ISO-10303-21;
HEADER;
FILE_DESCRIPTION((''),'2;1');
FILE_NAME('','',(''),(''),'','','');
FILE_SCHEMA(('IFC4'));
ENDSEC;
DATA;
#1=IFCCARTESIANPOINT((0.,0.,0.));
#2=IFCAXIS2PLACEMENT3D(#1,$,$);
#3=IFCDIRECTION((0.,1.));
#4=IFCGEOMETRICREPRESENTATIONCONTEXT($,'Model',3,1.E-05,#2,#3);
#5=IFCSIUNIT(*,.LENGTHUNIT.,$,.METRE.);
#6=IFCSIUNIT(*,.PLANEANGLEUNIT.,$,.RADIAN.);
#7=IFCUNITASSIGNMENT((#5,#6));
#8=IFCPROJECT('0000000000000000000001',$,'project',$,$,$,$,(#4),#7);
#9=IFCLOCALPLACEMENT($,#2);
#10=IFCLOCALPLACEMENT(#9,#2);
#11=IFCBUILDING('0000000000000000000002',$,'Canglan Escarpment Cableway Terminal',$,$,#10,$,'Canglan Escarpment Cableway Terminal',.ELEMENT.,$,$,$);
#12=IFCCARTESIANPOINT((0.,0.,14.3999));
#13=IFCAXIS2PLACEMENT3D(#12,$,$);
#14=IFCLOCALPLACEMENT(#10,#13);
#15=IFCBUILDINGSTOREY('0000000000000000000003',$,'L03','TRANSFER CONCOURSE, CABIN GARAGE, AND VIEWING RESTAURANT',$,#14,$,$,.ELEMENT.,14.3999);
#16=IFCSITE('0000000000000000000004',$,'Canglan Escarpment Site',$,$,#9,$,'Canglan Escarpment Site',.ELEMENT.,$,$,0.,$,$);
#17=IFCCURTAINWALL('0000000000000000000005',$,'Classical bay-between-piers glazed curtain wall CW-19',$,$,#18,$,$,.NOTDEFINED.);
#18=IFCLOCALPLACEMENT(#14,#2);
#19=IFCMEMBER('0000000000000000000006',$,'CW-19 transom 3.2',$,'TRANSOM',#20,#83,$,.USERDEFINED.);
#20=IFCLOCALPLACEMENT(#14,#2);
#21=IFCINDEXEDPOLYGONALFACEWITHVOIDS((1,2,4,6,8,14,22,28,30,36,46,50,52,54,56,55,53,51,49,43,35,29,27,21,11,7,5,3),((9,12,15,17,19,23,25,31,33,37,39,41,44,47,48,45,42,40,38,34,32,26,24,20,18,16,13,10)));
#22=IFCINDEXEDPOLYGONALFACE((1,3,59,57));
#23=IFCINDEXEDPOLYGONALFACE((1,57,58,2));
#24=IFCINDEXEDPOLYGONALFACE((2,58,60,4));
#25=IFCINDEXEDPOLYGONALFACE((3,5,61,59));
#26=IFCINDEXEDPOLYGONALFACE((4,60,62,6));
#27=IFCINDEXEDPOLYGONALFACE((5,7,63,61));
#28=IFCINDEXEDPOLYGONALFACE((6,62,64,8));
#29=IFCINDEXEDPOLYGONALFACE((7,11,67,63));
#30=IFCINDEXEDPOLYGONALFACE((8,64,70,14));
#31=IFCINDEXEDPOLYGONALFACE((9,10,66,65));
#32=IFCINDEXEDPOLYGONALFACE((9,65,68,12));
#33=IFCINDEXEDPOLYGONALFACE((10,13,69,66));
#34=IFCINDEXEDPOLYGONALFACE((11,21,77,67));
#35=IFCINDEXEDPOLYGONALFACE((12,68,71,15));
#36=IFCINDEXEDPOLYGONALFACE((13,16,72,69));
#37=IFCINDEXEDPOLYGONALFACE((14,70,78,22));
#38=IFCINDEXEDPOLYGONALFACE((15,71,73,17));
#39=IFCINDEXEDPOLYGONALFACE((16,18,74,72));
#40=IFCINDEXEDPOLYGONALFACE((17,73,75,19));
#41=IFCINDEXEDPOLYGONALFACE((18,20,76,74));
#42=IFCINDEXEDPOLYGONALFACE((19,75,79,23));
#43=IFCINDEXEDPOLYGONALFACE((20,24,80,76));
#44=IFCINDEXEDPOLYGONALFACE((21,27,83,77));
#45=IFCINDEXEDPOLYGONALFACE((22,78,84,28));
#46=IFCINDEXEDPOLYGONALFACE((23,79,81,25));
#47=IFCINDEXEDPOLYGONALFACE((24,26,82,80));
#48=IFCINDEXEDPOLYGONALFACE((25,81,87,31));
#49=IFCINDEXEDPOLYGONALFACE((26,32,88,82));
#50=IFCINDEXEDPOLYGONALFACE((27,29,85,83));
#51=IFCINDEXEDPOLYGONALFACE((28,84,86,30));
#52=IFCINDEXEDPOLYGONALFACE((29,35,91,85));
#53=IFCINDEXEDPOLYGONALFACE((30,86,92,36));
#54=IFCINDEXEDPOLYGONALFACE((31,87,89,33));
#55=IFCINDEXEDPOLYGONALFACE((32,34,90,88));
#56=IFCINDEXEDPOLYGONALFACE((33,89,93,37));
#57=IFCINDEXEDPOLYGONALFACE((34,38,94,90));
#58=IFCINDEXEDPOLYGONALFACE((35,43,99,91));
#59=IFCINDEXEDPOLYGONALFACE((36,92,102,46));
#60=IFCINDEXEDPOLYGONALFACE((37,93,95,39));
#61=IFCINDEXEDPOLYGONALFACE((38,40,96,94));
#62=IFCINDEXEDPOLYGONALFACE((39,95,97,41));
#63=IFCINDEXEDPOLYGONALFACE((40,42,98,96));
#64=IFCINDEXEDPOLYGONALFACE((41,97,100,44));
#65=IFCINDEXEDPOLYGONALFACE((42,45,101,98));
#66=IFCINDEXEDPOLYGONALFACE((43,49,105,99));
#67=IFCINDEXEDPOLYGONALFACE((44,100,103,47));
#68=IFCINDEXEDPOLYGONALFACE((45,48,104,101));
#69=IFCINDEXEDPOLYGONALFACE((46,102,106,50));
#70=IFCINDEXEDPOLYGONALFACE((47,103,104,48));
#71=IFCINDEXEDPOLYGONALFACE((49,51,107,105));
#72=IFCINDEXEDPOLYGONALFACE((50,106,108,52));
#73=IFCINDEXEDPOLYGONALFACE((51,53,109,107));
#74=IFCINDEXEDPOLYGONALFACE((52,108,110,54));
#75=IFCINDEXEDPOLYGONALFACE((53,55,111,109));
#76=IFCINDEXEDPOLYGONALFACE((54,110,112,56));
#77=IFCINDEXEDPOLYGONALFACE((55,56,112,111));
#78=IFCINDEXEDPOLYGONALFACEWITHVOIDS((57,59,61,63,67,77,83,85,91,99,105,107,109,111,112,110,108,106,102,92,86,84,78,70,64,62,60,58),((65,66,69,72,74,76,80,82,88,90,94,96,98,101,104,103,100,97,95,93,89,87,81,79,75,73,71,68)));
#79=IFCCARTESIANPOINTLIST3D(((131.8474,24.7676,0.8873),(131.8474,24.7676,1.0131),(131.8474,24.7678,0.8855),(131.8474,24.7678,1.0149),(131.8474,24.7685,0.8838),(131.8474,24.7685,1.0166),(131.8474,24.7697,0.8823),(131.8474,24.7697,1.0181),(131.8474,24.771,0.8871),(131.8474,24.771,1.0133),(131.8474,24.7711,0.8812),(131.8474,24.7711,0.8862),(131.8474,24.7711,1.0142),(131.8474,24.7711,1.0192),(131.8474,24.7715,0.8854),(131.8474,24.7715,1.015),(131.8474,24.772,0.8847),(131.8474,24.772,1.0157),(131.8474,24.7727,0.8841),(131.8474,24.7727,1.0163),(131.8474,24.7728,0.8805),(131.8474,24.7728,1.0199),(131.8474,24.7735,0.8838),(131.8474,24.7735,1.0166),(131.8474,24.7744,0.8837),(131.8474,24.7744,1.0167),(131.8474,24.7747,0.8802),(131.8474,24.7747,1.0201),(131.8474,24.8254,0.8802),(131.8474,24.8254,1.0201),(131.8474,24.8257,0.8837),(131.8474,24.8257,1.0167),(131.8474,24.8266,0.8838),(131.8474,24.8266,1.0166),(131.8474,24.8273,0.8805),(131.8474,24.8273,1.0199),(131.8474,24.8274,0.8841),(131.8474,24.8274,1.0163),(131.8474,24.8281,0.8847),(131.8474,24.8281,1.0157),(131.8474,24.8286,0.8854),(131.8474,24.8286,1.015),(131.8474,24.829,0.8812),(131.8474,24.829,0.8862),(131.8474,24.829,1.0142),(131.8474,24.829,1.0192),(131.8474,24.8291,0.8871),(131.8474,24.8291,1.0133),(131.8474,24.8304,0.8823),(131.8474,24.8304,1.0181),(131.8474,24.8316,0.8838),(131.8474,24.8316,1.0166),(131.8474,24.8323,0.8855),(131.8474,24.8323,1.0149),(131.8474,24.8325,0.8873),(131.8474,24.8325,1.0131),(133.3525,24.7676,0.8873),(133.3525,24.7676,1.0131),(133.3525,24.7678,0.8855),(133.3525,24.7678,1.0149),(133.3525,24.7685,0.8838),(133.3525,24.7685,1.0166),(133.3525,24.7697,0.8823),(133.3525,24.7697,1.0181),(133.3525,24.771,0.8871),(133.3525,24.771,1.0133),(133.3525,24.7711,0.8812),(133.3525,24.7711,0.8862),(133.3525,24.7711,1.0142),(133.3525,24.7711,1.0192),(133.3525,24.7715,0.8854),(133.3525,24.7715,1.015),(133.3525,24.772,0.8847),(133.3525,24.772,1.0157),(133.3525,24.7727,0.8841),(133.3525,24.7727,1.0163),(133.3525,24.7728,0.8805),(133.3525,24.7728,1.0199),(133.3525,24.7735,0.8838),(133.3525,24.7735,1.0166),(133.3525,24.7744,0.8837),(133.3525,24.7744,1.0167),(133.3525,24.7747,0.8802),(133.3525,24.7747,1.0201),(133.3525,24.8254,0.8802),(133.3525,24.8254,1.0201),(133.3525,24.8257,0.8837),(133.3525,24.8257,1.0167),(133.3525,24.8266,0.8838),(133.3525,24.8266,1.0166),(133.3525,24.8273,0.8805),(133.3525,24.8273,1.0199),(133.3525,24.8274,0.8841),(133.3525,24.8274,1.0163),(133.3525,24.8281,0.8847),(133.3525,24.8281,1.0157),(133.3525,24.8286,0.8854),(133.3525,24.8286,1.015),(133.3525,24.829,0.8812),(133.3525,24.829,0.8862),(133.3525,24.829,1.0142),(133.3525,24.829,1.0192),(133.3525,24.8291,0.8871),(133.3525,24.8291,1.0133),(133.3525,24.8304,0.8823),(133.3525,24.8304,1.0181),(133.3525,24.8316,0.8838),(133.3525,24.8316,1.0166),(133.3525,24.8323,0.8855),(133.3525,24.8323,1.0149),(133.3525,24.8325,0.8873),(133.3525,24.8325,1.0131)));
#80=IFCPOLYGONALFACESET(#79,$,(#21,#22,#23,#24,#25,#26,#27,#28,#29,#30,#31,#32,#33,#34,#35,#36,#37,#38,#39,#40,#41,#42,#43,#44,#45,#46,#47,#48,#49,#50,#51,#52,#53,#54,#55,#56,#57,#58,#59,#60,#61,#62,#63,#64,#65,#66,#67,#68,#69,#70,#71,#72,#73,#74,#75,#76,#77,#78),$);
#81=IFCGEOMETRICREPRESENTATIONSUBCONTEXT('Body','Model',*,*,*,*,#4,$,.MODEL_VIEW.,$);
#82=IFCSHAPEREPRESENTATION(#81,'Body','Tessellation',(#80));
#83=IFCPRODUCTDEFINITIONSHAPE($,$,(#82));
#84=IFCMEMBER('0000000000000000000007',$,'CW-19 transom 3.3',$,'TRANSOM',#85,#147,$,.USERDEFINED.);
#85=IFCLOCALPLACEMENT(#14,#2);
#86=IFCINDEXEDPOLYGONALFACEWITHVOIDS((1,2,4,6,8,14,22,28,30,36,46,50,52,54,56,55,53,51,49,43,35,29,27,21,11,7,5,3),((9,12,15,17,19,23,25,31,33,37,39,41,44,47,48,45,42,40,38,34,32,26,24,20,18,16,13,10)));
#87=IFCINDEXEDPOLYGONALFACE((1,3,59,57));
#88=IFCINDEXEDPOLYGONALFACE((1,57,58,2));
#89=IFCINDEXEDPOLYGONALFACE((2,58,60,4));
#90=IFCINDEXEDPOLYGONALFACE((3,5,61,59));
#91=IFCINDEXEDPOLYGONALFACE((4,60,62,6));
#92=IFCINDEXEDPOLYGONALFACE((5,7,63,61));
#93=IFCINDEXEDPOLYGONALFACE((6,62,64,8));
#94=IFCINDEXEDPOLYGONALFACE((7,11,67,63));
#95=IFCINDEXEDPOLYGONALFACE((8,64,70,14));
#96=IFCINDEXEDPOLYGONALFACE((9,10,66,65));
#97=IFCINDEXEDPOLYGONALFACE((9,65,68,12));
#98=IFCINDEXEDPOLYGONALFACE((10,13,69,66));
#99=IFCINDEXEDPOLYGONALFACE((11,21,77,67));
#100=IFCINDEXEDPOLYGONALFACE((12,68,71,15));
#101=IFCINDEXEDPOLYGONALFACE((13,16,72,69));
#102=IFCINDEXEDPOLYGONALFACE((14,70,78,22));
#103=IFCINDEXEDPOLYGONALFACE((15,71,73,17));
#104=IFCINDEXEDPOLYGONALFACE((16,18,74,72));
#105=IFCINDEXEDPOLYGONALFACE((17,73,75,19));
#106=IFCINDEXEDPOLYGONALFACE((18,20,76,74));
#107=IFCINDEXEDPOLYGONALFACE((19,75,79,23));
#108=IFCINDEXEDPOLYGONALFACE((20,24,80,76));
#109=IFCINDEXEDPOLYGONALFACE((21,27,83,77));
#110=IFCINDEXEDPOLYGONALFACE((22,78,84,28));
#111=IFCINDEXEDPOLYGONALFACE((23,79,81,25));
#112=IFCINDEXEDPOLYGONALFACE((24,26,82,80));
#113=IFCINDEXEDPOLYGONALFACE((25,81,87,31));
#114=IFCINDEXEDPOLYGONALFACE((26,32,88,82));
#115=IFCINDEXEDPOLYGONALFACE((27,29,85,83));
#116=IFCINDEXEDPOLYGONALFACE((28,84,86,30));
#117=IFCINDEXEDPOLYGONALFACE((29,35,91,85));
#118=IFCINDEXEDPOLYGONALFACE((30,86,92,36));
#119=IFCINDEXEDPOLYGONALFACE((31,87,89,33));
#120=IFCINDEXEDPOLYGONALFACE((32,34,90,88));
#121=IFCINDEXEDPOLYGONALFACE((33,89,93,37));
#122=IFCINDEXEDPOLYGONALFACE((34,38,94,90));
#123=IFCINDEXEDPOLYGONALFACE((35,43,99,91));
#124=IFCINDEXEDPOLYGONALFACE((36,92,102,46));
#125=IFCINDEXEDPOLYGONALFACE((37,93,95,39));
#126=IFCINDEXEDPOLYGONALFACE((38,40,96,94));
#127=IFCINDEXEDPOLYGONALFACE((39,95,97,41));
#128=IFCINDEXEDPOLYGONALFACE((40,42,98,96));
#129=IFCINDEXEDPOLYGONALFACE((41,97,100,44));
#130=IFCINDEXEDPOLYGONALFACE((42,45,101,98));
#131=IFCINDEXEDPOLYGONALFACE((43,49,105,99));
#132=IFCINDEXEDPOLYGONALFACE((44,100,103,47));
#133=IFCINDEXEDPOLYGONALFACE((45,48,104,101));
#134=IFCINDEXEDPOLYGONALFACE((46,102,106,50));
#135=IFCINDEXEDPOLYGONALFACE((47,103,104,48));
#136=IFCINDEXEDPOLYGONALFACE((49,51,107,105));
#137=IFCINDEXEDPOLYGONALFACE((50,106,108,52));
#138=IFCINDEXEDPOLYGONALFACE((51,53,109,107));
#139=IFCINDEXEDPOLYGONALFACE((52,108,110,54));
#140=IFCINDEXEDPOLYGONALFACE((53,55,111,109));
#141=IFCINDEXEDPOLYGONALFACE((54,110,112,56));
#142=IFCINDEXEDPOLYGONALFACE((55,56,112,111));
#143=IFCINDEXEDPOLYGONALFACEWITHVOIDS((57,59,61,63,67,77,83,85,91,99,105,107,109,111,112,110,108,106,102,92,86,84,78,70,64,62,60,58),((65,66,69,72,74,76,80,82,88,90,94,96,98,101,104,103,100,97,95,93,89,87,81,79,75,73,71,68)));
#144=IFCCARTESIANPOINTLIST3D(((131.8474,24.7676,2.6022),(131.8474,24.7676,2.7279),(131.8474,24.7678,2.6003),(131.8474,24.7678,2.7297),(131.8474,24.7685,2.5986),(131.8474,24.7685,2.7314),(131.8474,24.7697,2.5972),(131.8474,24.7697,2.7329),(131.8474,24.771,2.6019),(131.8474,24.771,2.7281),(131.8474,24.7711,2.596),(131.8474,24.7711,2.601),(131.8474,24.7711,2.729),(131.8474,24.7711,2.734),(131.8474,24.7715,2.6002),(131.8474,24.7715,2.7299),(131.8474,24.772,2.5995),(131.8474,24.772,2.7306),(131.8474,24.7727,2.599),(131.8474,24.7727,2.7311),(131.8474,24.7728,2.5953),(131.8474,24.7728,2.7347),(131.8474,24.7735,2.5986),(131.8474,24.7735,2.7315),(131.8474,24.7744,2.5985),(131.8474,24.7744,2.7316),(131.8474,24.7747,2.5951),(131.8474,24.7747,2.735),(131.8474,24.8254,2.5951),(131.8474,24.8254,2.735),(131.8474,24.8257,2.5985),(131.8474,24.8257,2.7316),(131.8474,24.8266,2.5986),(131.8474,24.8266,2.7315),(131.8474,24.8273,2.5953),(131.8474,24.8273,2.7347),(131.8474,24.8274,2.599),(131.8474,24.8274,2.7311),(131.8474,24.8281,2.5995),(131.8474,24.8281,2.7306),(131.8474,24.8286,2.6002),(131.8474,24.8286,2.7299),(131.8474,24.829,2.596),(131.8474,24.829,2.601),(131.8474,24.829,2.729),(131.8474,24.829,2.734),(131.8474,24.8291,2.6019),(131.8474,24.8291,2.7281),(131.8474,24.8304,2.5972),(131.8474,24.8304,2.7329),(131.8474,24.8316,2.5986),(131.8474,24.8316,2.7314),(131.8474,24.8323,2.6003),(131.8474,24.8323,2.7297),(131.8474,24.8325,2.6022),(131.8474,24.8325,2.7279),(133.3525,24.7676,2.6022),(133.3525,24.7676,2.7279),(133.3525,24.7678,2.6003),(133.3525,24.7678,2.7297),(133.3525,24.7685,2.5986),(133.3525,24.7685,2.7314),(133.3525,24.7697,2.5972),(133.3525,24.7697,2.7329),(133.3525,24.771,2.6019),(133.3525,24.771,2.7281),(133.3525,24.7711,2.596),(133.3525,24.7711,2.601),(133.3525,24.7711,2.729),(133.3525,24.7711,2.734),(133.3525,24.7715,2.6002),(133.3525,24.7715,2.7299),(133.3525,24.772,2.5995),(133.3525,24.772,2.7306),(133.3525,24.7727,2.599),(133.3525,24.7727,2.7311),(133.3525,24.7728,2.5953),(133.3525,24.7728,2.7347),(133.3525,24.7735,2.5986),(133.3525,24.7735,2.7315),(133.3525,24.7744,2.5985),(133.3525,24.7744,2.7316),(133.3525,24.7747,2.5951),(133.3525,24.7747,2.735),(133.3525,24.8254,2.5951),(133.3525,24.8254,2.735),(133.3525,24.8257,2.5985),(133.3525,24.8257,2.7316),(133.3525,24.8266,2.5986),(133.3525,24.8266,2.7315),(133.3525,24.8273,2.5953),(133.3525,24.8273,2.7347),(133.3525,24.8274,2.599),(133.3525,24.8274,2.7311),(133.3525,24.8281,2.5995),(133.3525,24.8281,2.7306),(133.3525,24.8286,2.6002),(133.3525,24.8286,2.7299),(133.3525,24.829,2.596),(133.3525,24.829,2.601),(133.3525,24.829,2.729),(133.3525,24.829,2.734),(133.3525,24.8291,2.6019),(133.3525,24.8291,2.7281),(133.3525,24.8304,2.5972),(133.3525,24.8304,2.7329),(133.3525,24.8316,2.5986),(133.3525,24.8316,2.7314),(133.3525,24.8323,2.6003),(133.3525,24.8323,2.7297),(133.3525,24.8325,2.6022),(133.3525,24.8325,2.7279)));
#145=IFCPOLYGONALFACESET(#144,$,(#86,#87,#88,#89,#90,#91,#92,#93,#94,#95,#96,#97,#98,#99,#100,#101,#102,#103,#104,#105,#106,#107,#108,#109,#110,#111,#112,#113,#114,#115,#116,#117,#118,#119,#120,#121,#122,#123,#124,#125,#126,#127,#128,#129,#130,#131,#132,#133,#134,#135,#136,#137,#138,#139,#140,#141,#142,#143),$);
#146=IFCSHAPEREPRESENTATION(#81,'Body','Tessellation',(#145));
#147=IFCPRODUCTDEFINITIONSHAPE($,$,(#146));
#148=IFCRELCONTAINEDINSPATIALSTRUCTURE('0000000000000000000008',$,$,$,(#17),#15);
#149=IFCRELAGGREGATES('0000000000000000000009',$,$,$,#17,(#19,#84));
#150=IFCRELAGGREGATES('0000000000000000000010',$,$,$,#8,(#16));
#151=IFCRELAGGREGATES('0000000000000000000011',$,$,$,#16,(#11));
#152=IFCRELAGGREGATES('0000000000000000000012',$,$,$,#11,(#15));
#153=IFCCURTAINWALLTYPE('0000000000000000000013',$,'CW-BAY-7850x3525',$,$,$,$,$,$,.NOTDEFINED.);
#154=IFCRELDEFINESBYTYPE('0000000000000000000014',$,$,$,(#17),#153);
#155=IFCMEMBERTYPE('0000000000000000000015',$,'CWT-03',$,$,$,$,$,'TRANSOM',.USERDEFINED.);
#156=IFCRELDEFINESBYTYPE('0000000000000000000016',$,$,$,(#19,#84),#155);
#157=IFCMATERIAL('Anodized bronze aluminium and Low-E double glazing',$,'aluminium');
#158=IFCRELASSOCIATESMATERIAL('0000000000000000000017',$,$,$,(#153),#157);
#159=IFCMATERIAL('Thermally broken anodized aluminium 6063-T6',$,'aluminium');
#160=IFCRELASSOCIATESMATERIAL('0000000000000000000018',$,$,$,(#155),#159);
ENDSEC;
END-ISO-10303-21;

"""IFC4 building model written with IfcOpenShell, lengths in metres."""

from ifc_helpers import new_model, si_unit, direction, frame, origin, origin_2d, place, context, subcontext, project, spatial, hollow_rectangle, extrude, material, material_profile, profile_set, type_object, element, aggregate, save


model = new_model("IFC4")

# Units and contexts
model_context = context("Model", 3, precision=1e-05, world=origin(), true_north=direction((0.0, 1.0)))
body_context = subcontext(model_context, "Body", "Model", "MODEL_VIEW")
ifc_project = project(units=[si_unit("LENGTHUNIT", "METRE"), si_unit("PLANEANGLEUNIT", "RADIAN")], contexts=[model_context])

# Site, building, storey
site_placement = place(None, origin())
site = spatial("IfcSite", under=ifc_project, at=site_placement, Name="Canglan Escarpment Site", LongName="Canglan Escarpment Site", CompositionType="ELEMENT", RefElevation=0.0)
building_placement = place(site_placement, origin())
building = spatial("IfcBuilding", under=site, at=building_placement, Name="Canglan Escarpment Cableway Terminal", LongName="Canglan Escarpment Cableway Terminal", CompositionType="ELEMENT")
storey_placement = place(building_placement, frame((0.0, 0.0, 14.3999)))
storey = spatial("IfcBuildingStorey", under=building, at=storey_placement, Name="L03", Description="TRANSFER CONCOURSE, CABIN GARAGE, AND VIEWING RESTAURANT", CompositionType="ELEMENT", Elevation=14.3999)

# Curtain wall, members
ifc_material_1 = material(Name="Anodized bronze aluminium and Low-E double glazing", Category="aluminium")
curtain_wall_type = type_object("IfcCurtainWallType", Name="CW-BAY-7850x3525", PredefinedType="NOTDEFINED", material=ifc_material_1)
curtain_wall_placement = place(storey_placement, origin())
curtain_wall = element("IfcCurtainWall", 1, at=curtain_wall_placement, inside=storey, type_object=curtain_wall_type, Name="Classical bay-between-piers glazed curtain wall CW-19", PredefinedType="NOTDEFINED")
ifc_material_2 = material(Name="Thermally broken anodized aluminium 6063-T6", Category="aluminium")
ifc_material_profile_1 = material_profile(ifc_material_2, hollow_rectangle(XDim=0.0649, YDim=0.1399, WallThickness=0.0034, InnerFilletRadius=0.0034, OuterFilletRadius=0.0071, at=origin_2d()), Name="ALU-TRAN 65x140x3.5")
ifc_profile_set_1 = profile_set([ifc_material_profile_1], Name="Thermally broken anodized aluminium 6063-T6")
member_type_1 = type_object("IfcMemberType", Name="CWT-03", ElementType="TRANSOM", PredefinedType="USERDEFINED", material=ifc_profile_set_1)
member_1_placement = place(storey_placement, frame((133.3525, 24.8, 0.9502), z_axis=(-1.0, 0.0, 0.0), x_axis=(0.0, -1.0, 0.0)))
member_1 = element("IfcMember", 2, at=member_1_placement, type_object=member_type_1, Name="CW-19 transom 3.2", ObjectType="TRANSOM", PredefinedType="USERDEFINED", context=body_context, shape_type="SweptSolid", body=[
    extrude(hollow_rectangle(XDim=0.0649, YDim=0.1399, WallThickness=0.0034, InnerFilletRadius=0.0034, OuterFilletRadius=0.0071, at=origin_2d()), origin(), (0.0, 0.0, 1.0), 1.5051),
])
member_2_placement = place(storey_placement, frame((133.3525, 24.8, 2.665), z_axis=(-1.0, 0.0, 0.0), x_axis=(0.0, -1.0, 0.0)))
member_2 = element("IfcMember", 3, at=member_2_placement, type_object=member_type_1, Name="CW-19 transom 3.3", ObjectType="TRANSOM", PredefinedType="USERDEFINED", context=body_context, shape_type="SweptSolid", body=[
    extrude(hollow_rectangle(XDim=0.0649, YDim=0.1399, WallThickness=0.0034, InnerFilletRadius=0.0034, OuterFilletRadius=0.0071, at=origin_2d()), origin(), (0.0, 0.0, 1.0), 1.5051),
])

aggregate(curtain_wall, [member_1, member_2])

save(model, "model.ifc")
